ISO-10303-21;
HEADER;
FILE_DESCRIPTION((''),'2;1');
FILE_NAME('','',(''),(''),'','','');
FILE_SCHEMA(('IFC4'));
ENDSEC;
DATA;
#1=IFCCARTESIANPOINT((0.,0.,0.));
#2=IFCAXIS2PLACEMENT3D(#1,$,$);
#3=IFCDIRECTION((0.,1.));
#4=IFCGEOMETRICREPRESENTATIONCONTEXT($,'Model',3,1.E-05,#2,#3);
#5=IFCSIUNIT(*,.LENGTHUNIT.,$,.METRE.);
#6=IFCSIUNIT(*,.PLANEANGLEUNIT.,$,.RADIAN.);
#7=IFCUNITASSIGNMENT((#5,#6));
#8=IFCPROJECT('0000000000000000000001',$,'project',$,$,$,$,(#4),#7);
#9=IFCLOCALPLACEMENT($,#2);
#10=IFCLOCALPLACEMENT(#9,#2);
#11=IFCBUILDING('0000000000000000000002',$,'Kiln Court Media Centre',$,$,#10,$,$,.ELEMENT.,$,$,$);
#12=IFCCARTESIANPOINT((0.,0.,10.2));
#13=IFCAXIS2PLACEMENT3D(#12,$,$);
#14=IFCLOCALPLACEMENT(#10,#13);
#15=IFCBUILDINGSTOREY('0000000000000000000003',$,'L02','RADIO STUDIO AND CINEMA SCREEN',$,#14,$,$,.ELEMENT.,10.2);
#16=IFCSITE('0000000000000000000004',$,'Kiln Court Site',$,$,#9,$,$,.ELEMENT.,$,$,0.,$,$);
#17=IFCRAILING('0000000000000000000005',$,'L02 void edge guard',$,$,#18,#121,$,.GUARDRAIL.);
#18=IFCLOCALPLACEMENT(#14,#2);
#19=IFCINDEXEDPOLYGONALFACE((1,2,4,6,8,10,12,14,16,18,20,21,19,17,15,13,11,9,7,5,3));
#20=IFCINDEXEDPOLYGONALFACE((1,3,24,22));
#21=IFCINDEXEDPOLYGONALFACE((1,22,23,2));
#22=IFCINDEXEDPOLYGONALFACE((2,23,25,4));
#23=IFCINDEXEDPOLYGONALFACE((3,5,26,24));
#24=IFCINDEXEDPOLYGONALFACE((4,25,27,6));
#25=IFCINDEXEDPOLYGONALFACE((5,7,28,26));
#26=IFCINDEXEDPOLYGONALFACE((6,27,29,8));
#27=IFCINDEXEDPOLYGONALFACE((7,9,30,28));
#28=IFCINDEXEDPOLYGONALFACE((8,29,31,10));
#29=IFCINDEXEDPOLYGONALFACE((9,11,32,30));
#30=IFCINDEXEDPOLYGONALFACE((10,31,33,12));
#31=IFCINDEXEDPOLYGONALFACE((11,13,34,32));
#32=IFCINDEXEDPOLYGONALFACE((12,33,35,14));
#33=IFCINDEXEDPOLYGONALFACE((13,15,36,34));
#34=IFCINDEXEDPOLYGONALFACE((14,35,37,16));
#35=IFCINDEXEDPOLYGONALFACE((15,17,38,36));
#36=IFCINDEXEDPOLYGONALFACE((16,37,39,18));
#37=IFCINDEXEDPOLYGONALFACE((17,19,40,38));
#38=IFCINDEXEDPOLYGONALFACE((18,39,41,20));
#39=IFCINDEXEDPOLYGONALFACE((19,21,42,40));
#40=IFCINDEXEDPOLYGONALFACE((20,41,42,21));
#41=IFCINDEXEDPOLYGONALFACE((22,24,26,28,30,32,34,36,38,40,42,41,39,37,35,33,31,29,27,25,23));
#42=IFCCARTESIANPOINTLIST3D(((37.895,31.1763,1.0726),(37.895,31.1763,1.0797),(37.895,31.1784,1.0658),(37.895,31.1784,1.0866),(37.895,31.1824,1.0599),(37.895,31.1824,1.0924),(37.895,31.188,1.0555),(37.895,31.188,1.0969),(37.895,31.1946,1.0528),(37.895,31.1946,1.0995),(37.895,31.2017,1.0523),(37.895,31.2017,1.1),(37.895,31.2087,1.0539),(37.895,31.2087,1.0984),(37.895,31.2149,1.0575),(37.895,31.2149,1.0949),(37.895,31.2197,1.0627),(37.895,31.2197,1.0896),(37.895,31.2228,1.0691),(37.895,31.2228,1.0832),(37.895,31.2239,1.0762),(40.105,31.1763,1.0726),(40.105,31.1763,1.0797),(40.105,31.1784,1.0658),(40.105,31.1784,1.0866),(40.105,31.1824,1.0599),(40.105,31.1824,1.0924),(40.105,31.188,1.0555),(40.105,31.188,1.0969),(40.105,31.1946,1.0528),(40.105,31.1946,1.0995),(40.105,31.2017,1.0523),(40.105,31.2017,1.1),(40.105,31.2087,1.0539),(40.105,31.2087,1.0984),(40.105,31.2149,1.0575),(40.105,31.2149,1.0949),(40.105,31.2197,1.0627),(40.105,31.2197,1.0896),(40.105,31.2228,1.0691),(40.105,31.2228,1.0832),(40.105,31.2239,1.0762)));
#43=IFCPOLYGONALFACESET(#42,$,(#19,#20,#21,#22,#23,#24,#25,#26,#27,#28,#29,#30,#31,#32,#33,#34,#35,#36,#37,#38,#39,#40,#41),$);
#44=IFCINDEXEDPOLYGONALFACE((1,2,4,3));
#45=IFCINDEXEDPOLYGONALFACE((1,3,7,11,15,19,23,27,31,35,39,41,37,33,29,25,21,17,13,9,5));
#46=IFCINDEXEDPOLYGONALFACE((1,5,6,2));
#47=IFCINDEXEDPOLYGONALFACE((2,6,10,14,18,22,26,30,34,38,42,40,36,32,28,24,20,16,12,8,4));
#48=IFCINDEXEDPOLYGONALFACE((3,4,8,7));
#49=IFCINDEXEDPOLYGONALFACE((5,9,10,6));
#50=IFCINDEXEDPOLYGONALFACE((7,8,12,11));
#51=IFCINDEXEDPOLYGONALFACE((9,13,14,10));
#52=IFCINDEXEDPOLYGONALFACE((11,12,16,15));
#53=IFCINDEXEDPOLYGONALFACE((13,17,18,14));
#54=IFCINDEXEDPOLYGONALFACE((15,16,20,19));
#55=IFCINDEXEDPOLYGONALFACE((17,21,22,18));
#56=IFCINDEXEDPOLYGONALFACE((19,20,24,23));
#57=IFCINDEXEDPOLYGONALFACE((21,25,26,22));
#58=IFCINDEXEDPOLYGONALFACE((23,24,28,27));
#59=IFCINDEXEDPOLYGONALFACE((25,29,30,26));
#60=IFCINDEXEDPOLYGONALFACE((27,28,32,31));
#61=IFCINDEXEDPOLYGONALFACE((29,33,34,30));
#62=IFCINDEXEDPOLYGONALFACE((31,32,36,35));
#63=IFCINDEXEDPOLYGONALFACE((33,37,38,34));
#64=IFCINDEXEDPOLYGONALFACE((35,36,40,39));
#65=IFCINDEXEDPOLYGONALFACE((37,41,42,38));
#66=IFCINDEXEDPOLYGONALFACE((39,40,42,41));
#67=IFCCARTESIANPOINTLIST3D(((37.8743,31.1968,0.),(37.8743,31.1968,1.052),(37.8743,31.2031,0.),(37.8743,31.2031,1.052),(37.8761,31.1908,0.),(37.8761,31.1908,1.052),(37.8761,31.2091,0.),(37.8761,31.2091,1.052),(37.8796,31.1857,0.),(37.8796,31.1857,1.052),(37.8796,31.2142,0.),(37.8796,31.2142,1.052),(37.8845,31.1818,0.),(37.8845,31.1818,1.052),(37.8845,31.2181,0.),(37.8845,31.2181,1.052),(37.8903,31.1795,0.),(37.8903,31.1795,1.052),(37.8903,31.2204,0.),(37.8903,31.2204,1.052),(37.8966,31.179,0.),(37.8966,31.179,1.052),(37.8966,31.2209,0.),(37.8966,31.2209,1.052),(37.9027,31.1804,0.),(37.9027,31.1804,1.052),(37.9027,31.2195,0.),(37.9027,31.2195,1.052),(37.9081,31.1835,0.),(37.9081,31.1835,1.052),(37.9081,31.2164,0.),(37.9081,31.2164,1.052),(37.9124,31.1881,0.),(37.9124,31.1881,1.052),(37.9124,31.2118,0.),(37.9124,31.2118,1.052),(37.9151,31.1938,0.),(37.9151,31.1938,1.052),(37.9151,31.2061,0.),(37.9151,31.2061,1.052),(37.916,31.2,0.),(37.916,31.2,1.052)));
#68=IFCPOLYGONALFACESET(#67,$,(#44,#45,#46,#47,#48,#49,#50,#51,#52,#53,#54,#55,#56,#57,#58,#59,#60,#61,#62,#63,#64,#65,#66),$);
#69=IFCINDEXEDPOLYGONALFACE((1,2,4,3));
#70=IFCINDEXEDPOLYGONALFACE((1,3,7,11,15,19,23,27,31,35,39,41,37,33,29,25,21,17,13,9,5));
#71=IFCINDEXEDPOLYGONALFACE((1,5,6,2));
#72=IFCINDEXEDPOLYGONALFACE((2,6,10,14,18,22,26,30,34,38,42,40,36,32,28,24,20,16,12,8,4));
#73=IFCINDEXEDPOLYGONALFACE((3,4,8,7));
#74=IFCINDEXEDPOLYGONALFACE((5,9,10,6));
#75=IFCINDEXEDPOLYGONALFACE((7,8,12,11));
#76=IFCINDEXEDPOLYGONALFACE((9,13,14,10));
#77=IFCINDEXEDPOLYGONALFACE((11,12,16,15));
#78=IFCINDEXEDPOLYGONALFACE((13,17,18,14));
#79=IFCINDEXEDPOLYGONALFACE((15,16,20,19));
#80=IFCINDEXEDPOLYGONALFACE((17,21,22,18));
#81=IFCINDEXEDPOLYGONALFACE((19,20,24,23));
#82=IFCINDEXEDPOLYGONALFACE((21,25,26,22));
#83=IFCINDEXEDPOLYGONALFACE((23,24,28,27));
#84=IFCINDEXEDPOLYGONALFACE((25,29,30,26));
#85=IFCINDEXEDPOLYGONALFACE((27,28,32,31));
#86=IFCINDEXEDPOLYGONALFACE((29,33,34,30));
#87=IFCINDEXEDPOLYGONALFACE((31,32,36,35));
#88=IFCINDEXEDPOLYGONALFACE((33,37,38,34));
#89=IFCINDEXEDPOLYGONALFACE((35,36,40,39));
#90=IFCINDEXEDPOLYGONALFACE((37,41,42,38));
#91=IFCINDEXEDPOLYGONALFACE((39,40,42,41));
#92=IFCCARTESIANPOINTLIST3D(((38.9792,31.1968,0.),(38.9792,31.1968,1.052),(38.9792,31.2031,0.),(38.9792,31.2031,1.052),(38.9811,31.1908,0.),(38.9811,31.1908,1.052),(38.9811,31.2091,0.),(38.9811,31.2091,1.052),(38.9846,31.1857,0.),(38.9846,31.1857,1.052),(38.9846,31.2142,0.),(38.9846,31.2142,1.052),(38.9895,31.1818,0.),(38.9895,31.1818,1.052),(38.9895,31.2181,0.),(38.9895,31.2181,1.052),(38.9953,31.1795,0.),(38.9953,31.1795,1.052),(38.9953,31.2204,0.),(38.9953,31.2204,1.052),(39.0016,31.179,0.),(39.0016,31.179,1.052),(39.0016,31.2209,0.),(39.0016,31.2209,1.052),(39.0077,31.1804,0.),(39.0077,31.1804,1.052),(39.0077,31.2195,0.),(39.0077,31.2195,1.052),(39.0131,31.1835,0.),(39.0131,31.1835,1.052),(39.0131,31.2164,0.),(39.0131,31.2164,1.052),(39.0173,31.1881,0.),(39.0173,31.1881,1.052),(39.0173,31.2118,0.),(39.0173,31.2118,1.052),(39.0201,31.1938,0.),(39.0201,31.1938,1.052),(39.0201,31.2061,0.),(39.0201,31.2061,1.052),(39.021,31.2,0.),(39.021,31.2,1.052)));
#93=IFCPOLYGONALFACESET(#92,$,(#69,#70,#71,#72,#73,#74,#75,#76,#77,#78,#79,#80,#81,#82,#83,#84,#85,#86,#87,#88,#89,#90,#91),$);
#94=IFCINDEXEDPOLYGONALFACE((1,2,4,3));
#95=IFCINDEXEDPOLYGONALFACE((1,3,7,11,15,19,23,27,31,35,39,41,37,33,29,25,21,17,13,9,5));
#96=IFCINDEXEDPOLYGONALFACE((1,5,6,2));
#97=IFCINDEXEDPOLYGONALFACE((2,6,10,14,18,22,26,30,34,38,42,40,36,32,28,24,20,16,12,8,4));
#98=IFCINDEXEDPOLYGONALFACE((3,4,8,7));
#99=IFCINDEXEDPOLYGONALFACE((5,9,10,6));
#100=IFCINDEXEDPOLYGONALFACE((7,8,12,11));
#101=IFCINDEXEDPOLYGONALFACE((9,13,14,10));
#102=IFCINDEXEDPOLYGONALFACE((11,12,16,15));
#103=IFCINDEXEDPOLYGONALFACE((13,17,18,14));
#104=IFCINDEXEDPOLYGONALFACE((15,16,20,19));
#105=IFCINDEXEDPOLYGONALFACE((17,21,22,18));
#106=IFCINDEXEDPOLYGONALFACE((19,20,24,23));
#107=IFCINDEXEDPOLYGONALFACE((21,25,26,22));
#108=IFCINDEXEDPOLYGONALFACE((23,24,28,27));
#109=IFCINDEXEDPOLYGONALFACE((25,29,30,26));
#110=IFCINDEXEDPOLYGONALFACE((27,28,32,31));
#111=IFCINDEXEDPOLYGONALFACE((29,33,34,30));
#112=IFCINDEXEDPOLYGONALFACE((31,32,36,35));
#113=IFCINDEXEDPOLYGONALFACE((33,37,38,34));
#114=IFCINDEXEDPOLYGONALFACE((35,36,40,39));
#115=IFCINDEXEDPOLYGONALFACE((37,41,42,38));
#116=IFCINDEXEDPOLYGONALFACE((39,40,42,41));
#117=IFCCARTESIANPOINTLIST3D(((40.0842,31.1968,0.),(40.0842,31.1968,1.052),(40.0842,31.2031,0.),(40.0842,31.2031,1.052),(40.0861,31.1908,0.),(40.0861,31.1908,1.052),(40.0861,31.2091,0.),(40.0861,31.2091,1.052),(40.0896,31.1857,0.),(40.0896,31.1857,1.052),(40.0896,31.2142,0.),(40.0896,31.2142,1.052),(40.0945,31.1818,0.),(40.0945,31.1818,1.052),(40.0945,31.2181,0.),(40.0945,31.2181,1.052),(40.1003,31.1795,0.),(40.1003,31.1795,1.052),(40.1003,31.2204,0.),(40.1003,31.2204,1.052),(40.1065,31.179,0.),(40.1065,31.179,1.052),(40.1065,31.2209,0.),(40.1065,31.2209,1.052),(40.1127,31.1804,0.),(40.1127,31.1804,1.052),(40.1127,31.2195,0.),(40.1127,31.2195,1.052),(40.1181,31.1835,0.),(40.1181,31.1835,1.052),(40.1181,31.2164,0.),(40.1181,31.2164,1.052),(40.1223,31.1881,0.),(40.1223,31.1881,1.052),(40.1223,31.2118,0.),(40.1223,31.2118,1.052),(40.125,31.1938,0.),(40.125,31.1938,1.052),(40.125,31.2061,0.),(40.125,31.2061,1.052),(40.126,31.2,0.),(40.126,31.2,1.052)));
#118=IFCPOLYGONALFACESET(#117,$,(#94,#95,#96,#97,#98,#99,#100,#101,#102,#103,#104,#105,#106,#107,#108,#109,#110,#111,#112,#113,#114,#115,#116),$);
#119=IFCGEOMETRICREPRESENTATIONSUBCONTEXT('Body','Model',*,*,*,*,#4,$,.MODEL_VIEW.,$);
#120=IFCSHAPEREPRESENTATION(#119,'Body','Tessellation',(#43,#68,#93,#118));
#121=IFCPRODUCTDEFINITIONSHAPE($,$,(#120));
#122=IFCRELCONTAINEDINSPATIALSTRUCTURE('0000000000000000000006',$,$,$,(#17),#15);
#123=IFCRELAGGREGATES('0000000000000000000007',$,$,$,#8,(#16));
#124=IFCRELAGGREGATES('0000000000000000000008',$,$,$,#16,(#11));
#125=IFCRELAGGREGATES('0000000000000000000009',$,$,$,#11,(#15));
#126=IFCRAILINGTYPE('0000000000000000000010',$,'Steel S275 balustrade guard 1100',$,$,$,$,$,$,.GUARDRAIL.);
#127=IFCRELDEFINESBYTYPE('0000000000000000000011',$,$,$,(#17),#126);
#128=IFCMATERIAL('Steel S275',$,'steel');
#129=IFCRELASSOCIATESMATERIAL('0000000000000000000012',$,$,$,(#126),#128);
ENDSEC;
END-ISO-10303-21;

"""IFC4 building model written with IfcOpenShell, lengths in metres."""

from ifc_helpers import new_model, si_unit, direction, frame, origin, origin_2d, place, context, subcontext, project, spatial, circle, extrude, material, type_object, element, save


model = new_model("IFC4")

# Units and contexts
model_context = context("Model", 3, precision=1e-05, world=origin(), true_north=direction((0.0, 1.0)))
body_context = subcontext(model_context, "Body", "Model", "MODEL_VIEW")
ifc_project = project(units=[si_unit("LENGTHUNIT", "METRE"), si_unit("PLANEANGLEUNIT", "RADIAN")], contexts=[model_context])

# Site, building, storey
site_placement = place(None, origin())
site = spatial("IfcSite", under=ifc_project, at=site_placement, Name="Kiln Court Site", CompositionType="ELEMENT", RefElevation=0.0)
building_placement = place(site_placement, origin())
building = spatial("IfcBuilding", under=site, at=building_placement, Name="Kiln Court Media Centre", CompositionType="ELEMENT")
storey_placement = place(building_placement, frame((0.0, 0.0, 10.2)))
storey = spatial("IfcBuildingStorey", under=building, at=storey_placement, Name="L02", Description="RADIO STUDIO AND CINEMA SCREEN", CompositionType="ELEMENT", Elevation=10.2)

# Railing
ifc_material_1 = material(Name="Steel S275", Category="steel")
railing_type = type_object("IfcRailingType", Name="Steel S275 balustrade guard 1100", PredefinedType="GUARDRAIL", material=ifc_material_1)
railing_1_placement = place(storey_placement, frame((37.895, 31.2, 0.0)))
element("IfcRailing", 1, at=railing_1_placement, inside=storey, type_object=railing_type, Name="L02 void edge guard", PredefinedType="GUARDRAIL", context=body_context, shape_type="SweptSolid", body=[
    extrude(circle(Radius=0.0239, at=origin_2d()), frame((0.0, 0.0, 1.0762), z_axis=(1.0, 0.0, 0.0), x_axis=(0.0, 1.0, 0.0)), (0.0, 0.0, 1.0), 2.21),
    extrude(circle(Radius=0.021, at=origin_2d()), origin(), (0.0, 0.0, 1.0), 1.052),
    extrude(circle(Radius=0.021, at=origin_2d()), frame((1.105, 0.0, 0.0)), (0.0, 0.0, 1.0), 1.052),
    extrude(circle(Radius=0.021, at=origin_2d()), frame((2.21, 0.0, 0.0)), (0.0, 0.0, 1.0), 1.052),
])

save(model, "model.ifc")
